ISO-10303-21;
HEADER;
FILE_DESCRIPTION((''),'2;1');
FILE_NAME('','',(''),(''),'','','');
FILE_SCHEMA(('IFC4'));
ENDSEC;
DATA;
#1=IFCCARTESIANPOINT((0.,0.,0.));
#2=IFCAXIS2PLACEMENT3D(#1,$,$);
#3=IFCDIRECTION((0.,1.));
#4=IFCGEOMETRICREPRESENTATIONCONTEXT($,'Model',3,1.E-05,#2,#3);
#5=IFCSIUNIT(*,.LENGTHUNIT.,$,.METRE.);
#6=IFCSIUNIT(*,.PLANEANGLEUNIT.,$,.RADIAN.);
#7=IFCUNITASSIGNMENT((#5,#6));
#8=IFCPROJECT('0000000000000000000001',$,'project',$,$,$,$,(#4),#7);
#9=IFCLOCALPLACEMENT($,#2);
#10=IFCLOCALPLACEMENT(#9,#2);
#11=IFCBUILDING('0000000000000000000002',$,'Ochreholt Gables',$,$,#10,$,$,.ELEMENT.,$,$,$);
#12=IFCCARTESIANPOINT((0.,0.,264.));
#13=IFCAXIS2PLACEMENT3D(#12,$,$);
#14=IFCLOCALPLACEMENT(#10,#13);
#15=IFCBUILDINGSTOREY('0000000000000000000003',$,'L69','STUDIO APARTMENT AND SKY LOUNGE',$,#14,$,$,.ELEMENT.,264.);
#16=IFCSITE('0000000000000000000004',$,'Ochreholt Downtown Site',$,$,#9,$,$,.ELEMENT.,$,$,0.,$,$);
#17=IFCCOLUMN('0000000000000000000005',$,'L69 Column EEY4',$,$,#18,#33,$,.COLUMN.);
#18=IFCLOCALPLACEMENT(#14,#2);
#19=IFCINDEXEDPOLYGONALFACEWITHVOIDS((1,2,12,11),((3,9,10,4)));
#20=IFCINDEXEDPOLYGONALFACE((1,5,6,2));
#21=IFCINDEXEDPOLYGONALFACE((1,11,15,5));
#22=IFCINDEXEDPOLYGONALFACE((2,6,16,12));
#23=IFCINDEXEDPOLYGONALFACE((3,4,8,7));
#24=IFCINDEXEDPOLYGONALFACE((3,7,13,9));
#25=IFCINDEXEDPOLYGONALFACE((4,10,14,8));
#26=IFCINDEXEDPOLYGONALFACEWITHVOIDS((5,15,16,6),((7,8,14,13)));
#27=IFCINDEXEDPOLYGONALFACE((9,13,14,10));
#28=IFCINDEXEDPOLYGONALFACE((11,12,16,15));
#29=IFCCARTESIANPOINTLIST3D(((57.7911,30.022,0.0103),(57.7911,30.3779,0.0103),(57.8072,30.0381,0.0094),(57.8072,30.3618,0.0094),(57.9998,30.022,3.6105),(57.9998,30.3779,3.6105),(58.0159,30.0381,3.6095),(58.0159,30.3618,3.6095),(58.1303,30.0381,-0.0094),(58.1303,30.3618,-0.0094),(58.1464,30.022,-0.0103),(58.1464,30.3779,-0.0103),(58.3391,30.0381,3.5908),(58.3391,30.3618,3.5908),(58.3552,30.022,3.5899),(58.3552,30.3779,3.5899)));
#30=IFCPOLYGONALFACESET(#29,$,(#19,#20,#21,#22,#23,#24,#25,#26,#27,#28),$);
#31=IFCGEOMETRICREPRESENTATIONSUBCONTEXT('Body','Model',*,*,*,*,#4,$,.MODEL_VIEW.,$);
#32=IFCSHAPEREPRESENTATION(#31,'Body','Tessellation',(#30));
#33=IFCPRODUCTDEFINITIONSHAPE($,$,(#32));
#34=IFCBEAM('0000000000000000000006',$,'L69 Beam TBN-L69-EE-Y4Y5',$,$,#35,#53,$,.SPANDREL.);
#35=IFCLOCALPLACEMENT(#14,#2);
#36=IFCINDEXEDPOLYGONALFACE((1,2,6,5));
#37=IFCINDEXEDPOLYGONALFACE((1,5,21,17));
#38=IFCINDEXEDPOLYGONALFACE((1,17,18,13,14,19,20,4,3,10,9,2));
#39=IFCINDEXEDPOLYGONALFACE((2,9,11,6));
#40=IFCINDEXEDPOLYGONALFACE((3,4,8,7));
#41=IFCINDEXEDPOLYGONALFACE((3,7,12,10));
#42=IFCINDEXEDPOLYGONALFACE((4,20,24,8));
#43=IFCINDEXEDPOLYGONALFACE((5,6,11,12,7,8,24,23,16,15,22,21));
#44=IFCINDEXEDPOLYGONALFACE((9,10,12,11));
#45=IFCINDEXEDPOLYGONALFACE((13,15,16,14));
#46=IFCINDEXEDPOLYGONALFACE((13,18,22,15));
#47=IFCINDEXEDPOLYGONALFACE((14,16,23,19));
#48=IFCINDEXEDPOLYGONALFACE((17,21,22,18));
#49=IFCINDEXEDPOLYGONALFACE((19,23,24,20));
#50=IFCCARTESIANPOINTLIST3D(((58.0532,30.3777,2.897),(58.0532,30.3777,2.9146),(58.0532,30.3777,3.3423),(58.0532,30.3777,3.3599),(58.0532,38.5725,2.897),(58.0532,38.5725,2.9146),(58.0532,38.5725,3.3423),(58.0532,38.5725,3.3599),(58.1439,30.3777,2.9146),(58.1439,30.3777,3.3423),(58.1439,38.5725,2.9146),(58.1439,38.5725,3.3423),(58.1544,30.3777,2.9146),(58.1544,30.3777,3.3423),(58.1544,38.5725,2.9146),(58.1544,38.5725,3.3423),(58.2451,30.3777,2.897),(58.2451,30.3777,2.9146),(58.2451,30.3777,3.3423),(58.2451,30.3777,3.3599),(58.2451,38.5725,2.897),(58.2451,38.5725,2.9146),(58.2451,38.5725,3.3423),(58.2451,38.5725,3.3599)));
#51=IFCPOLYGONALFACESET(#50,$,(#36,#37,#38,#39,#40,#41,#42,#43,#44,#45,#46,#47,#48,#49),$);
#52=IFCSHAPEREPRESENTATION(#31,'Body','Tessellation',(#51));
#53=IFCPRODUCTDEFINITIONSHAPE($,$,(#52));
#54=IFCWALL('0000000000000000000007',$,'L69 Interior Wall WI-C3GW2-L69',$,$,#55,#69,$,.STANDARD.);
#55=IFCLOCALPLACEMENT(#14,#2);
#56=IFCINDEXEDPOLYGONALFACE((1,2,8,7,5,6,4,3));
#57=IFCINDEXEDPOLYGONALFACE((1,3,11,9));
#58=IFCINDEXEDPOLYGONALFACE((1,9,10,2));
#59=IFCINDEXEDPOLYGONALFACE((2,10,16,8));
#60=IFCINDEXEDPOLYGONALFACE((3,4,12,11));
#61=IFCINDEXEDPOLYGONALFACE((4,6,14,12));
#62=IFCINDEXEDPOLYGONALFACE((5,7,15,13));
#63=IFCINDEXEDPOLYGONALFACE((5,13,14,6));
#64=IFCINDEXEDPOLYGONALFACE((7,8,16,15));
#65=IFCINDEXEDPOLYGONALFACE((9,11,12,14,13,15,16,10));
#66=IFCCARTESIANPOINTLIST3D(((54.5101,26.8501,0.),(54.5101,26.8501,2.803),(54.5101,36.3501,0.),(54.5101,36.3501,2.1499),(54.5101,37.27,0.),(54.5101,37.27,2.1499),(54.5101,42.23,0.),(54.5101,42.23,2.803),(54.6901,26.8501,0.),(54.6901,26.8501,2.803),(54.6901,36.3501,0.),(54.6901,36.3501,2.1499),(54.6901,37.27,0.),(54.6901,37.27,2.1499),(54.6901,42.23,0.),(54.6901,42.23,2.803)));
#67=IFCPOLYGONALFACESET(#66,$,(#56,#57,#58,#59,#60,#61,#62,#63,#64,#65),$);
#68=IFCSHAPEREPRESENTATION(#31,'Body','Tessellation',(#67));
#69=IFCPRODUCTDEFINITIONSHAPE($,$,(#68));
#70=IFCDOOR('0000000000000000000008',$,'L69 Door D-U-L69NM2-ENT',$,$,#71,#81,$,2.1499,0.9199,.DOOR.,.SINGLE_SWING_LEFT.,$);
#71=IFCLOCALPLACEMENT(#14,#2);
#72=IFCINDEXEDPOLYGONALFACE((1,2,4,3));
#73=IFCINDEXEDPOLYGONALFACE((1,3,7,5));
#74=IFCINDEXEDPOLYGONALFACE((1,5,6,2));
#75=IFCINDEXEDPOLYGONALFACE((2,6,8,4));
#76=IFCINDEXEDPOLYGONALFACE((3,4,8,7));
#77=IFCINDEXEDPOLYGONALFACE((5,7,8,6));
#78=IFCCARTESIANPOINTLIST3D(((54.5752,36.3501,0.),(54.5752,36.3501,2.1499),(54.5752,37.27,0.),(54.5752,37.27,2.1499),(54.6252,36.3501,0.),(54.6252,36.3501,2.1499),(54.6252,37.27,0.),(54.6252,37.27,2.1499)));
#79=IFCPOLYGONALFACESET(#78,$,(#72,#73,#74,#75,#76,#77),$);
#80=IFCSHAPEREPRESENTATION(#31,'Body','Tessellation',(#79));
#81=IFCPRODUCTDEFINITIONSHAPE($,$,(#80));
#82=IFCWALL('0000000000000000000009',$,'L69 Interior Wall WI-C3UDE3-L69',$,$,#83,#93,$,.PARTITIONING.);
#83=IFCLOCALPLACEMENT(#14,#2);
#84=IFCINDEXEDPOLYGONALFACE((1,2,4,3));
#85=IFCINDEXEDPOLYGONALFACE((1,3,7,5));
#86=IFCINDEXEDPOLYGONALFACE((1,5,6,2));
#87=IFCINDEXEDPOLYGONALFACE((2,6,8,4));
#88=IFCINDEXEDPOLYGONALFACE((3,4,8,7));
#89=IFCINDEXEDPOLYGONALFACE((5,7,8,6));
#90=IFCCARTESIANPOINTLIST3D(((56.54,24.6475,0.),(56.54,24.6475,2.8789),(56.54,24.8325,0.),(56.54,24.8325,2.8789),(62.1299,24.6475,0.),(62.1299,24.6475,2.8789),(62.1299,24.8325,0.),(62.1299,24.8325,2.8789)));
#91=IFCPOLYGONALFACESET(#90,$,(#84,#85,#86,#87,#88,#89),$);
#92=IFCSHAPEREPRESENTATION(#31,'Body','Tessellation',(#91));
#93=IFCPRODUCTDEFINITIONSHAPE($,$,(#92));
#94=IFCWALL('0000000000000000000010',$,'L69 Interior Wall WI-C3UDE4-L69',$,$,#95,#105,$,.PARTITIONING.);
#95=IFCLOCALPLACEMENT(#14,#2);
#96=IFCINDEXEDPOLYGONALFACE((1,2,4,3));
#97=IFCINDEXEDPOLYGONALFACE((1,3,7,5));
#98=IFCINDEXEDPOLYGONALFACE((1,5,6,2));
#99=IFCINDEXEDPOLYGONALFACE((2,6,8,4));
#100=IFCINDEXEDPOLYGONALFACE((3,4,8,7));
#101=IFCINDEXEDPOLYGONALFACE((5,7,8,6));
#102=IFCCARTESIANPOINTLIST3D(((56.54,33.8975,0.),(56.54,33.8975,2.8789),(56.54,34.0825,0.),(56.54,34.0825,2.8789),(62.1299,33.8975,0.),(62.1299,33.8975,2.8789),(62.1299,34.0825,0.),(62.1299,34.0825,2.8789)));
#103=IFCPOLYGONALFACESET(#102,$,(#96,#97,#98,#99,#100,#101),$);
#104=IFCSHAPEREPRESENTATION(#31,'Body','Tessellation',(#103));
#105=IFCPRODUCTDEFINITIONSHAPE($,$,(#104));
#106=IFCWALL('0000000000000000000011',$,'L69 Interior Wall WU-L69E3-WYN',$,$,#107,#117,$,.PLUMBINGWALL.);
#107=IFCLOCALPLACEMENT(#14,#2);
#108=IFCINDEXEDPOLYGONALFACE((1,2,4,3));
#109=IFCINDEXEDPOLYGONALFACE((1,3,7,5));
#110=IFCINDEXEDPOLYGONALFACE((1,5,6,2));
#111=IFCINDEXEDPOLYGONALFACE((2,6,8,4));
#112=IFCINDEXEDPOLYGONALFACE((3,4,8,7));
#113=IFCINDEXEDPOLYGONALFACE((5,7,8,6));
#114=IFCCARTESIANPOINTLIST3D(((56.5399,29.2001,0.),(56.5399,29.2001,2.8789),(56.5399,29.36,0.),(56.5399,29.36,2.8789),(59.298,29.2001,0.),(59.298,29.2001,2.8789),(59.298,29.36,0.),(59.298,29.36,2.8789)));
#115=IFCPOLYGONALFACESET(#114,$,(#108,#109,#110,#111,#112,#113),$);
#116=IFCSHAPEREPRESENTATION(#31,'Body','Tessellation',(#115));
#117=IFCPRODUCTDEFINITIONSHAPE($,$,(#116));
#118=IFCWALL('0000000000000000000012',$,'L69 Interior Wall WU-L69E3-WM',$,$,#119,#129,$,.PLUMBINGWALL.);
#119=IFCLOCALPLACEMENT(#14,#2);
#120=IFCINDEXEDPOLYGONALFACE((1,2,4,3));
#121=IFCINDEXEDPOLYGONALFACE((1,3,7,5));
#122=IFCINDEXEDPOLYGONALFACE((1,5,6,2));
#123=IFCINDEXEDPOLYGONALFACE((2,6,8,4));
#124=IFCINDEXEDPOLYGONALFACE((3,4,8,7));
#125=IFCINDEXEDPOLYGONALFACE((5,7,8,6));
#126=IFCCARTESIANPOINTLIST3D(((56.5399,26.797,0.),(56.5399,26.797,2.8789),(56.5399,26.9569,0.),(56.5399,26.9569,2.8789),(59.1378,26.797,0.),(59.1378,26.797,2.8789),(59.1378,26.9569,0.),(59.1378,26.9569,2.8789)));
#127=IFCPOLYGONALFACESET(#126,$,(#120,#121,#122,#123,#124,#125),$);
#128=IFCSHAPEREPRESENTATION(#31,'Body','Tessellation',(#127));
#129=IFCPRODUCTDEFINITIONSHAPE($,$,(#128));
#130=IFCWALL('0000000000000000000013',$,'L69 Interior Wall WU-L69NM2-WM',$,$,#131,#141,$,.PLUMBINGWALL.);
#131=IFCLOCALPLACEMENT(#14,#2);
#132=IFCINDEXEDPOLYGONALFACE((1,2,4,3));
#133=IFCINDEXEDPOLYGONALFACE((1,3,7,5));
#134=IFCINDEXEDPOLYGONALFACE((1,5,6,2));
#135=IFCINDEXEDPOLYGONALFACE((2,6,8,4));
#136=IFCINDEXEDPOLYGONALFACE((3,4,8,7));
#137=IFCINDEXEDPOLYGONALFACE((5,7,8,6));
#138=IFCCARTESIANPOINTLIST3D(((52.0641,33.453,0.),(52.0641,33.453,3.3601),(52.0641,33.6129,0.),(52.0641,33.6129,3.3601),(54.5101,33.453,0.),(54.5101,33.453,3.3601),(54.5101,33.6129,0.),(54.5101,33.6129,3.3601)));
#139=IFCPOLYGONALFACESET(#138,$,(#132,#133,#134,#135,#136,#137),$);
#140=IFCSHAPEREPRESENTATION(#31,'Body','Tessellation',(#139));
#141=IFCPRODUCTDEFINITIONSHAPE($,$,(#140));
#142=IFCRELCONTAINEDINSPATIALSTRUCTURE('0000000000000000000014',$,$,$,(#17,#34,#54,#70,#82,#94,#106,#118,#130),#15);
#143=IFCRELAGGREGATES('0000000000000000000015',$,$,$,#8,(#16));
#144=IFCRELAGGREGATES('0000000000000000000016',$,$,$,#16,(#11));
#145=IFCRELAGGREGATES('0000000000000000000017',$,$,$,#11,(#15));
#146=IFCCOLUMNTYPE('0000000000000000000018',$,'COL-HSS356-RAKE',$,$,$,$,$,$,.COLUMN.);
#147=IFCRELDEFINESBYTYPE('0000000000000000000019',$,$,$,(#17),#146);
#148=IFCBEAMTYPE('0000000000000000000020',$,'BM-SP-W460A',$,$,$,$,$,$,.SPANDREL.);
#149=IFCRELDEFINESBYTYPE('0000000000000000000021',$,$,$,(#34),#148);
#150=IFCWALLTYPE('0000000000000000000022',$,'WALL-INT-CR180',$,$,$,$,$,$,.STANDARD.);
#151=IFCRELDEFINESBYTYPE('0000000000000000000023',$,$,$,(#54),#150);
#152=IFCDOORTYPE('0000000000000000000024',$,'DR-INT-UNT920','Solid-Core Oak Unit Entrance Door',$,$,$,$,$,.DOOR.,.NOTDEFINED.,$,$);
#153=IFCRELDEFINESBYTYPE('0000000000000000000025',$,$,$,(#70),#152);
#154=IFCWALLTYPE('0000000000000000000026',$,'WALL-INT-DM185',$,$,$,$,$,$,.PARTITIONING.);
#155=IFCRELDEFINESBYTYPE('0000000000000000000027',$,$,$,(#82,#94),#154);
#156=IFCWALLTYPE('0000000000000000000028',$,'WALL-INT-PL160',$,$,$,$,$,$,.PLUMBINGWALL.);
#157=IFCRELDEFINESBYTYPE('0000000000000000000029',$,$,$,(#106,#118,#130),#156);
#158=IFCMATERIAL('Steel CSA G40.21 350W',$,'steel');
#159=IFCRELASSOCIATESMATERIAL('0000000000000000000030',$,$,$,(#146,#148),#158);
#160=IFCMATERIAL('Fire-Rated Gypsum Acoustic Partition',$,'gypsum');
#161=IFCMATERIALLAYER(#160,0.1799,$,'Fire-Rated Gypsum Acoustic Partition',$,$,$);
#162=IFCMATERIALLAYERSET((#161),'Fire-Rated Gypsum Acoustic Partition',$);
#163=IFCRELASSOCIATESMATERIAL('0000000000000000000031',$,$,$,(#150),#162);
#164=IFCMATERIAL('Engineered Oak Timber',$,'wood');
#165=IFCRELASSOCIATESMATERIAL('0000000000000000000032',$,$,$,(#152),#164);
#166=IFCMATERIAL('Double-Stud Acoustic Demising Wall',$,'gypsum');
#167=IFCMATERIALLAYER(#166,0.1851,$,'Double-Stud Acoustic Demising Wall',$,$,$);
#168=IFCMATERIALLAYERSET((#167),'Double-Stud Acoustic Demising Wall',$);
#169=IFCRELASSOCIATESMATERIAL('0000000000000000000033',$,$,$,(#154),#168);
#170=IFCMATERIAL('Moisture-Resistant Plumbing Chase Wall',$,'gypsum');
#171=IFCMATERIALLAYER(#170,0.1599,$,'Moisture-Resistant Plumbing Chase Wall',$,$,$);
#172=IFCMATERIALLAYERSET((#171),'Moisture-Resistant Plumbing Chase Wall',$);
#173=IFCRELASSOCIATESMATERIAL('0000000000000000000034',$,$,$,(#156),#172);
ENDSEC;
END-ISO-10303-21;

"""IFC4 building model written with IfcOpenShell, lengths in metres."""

from ifc_helpers import new_model, si_unit, direction, frame, frame_2d, origin, origin_2d, place, context, subcontext, project, spatial, rectangle, hollow_rectangle, i_section, extrude, material, layer, layer_set, material_profile, profile_set, type_object, element, fill, save


model = new_model("IFC4")

# Units and contexts
model_context = context("Model", 3, precision=1e-05, world=origin(), true_north=direction((0.0, 1.0)))
body_context = subcontext(model_context, "Body", "Model", "MODEL_VIEW")
ifc_project = project(units=[si_unit("LENGTHUNIT", "METRE"), si_unit("PLANEANGLEUNIT", "RADIAN")], contexts=[model_context])

# Site, building, storey
site_placement = place(None, origin())
site = spatial("IfcSite", under=ifc_project, at=site_placement, Name="Ochreholt Downtown Site", CompositionType="ELEMENT", RefElevation=0.0)
building_placement = place(site_placement, origin())
building = spatial("IfcBuilding", under=site, at=building_placement, Name="Ochreholt Gables", CompositionType="ELEMENT")
storey_placement = place(building_placement, frame((0.0, 0.0, 264.0)))
storey = spatial("IfcBuildingStorey", under=building, at=storey_placement, Name="L69", Description="STUDIO APARTMENT AND SKY LOUNGE", CompositionType="ELEMENT", Elevation=264.0)

# Column
ifc_material_1 = material(Name="Steel CSA G40.21 350W", Category="steel")
ifc_material_profile_1 = material_profile(ifc_material_1, hollow_rectangle(XDim=0.356, YDim=0.356, WallThickness=0.0161, at=origin_2d()), Name="HSS356X356X16")
ifc_profile_set_1 = profile_set([ifc_material_profile_1], Name="Steel CSA G40.21 350W")
column_type = type_object("IfcColumnType", Name="COL-HSS356-RAKE", PredefinedType="COLUMN", material=ifc_profile_set_1)
column_placement = place(storey_placement, frame((57.9688, 30.2, 0.0), z_axis=(0.057885, 0.0, 0.998323), x_axis=(0.0, 1.0, 0.0)))
element("IfcColumn", 1, at=column_placement, inside=storey, type_object=column_type, Name="L69 Column EEY4", PredefinedType="COLUMN", context=body_context, shape_type="SweptSolid", body=[
    extrude(hollow_rectangle(XDim=0.356, YDim=0.356, WallThickness=0.0161, at=origin_2d()), origin(), (0.0, 0.0, 1.0), 3.6062),
])

# Beam
ifc_material_profile_2 = material_profile(ifc_material_1, i_section(OverallWidth=0.1919, OverallDepth=0.4629, WebThickness=0.0105, FlangeThickness=0.0176, at=origin_2d()), Name="W460X89")
ifc_profile_set_2 = profile_set([ifc_material_profile_2], Name="Steel CSA G40.21 350W")
beam_type = type_object("IfcBeamType", Name="BM-SP-W460A", PredefinedType="SPANDREL", material=ifc_profile_set_2)
beam_placement = place(storey_placement, frame((58.1492, 30.3777, 3.1284), z_axis=(0.0, 1.0, 0.0), x_axis=(-1.0, 0.0, 0.0)))
element("IfcBeam", 2, at=beam_placement, inside=storey, type_object=beam_type, Name="L69 Beam TBN-L69-EE-Y4Y5", PredefinedType="SPANDREL", context=body_context, shape_type="SweptSolid", body=[
    extrude(i_section(OverallWidth=0.1919, OverallDepth=0.4629, WebThickness=0.0105, FlangeThickness=0.0176, at=origin_2d()), origin(), (0.0, 0.0, 1.0), 8.1948),
])

# Wall, opening, door
ifc_material_2 = material(Name="Fire-Rated Gypsum Acoustic Partition", Category="gypsum")
ifc_layer_1 = layer(ifc_material_2, 0.1799, Name="Fire-Rated Gypsum Acoustic Partition")
ifc_layer_set_1 = layer_set([ifc_layer_1], Name="Fire-Rated Gypsum Acoustic Partition")
wall_type_1 = type_object("IfcWallType", Name="WALL-INT-CR180", PredefinedType="STANDARD", material=ifc_layer_set_1)
wall_1_placement = place(storey_placement, frame((54.6001, 26.8501, 0.0), z_axis=(0.0, 0.0, 1.0), x_axis=(0.0, 1.0, 0.0)))
wall_1 = element("IfcWall", 3, at=wall_1_placement, inside=storey, type_object=wall_type_1, Name="L69 Interior Wall WI-C3GW2-L69", PredefinedType="STANDARD", context=body_context, shape_type="SweptSolid", body=[
    extrude(rectangle(XDim=15.3799, YDim=0.1799, at=frame_2d((7.6899, 0.0))), origin(), (0.0, 0.0, 1.0), 2.803),
])
opening_1_placement = place(wall_1_placement, frame((9.5, 0.0, 0.0)))
opening_1 = element("IfcOpeningElement", 4, at=opening_1_placement, cuts=wall_1, PredefinedType="OPENING", context=body_context, shape_type="SweptSolid", body=[
    extrude(rectangle(XDim=0.9199, YDim=2.1499, at=frame_2d((0.46, 1.075))), frame((0.0, 0.0999, 0.0), z_axis=(0.0, -1.0, 0.0), x_axis=(1.0, 0.0, 0.0)), (0.0, 0.0, 1.0), 0.2),
])
ifc_material_3 = material(Name="Engineered Oak Timber", Category="wood")
door_type_1 = type_object("IfcDoorType", Name="DR-INT-UNT920", Description="Solid-Core Oak Unit Entrance Door", OperationType="NOTDEFINED", PredefinedType="DOOR", material=ifc_material_3)
door_1_placement = place(opening_1_placement, origin())
door_1 = element("IfcDoor", 5, at=door_1_placement, inside=storey, type_object=door_type_1, Name="L69 Door D-U-L69NM2-ENT", OperationType="SINGLE_SWING_LEFT", OverallHeight=2.1499, OverallWidth=0.9199, PredefinedType="DOOR", context=body_context, shape_type="SweptSolid", body=[
    extrude(rectangle(XDim=0.9199, YDim=2.1499, at=frame_2d((0.46, 1.075))), frame((0.0, 0.0249, 0.0), z_axis=(0.0, -1.0, 0.0), x_axis=(1.0, 0.0, 0.0)), (0.0, 0.0, 1.0), 0.05),
])
fill(opening_1, door_1)

# Walls
ifc_material_4 = material(Name="Double-Stud Acoustic Demising Wall", Category="gypsum")
ifc_layer_2 = layer(ifc_material_4, 0.1851, Name="Double-Stud Acoustic Demising Wall")
ifc_layer_set_2 = layer_set([ifc_layer_2], Name="Double-Stud Acoustic Demising Wall")
wall_type_2 = type_object("IfcWallType", Name="WALL-INT-DM185", PredefinedType="PARTITIONING", material=ifc_layer_set_2)
for number, where, z_axis, x_axis, name in (
    (6, (56.54, 24.74, 0.0), (0.0, 0.0, 1.0), (1.0, 0.0, 0.0), "L69 Interior Wall WI-C3UDE3-L69"),
    (7, (56.54, 33.99, 0.0), (0.0, 0.0, 1.0), (1.0, 0.0, 0.0), "L69 Interior Wall WI-C3UDE4-L69"),
):
    element("IfcWall", number, at=place(storey_placement, frame(where, z_axis=z_axis, x_axis=x_axis)), inside=storey, type_object=wall_type_2, Name=name, PredefinedType="PARTITIONING", context=body_context, shape_type="SweptSolid", body=[
        extrude(rectangle(XDim=5.5898, YDim=0.1851, at=frame_2d((2.7949, 0.0))), origin(), (0.0, 0.0, 1.0), 2.8789),
    ])
ifc_material_5 = material(Name="Moisture-Resistant Plumbing Chase Wall", Category="gypsum")
ifc_layer_3 = layer(ifc_material_5, 0.1599, Name="Moisture-Resistant Plumbing Chase Wall")
ifc_layer_set_3 = layer_set([ifc_layer_3], Name="Moisture-Resistant Plumbing Chase Wall")
wall_type_3 = type_object("IfcWallType", Name="WALL-INT-PL160", PredefinedType="PLUMBINGWALL", material=ifc_layer_set_3)
wall_2_placement = place(storey_placement, frame((56.54, 29.28, 0.0), z_axis=(0.0, 0.0, 1.0), x_axis=(1.0, 0.0, 0.0)))
element("IfcWall", 8, at=wall_2_placement, inside=storey, type_object=wall_type_3, Name="L69 Interior Wall WU-L69E3-WYN", PredefinedType="PLUMBINGWALL", context=body_context, shape_type="SweptSolid", body=[
    extrude(rectangle(XDim=2.7581, YDim=0.1599, at=frame_2d((1.3789, 0.0))), origin(), (0.0, 0.0, 1.0), 2.8789),
])

# Wall
wall_3_placement = place(storey_placement, frame((56.54, 26.877, 0.0), z_axis=(0.0, 0.0, 1.0), x_axis=(1.0, 0.0, 0.0)))
element("IfcWall", 9, at=wall_3_placement, inside=storey, type_object=wall_type_3, Name="L69 Interior Wall WU-L69E3-WM", PredefinedType="PLUMBINGWALL", context=body_context, shape_type="SweptSolid", body=[
    extrude(rectangle(XDim=2.5979, YDim=0.1599, at=frame_2d((1.2988, 0.0))), origin(), (0.0, 0.0, 1.0), 2.8789),
])

# Wall
wall_4_placement = place(storey_placement, frame((52.064, 33.533, 0.0), z_axis=(0.0, 0.0, 1.0), x_axis=(1.0, 0.0, 0.0)))
element("IfcWall", 10, at=wall_4_placement, inside=storey, type_object=wall_type_3, Name="L69 Interior Wall WU-L69NM2-WM", PredefinedType="PLUMBINGWALL", context=body_context, shape_type="SweptSolid", body=[
    extrude(rectangle(XDim=2.446, YDim=0.1599, at=frame_2d((1.2231, 0.0))), origin(), (0.0, 0.0, 1.0), 3.3601),
])

save(model, "model.ifc")
